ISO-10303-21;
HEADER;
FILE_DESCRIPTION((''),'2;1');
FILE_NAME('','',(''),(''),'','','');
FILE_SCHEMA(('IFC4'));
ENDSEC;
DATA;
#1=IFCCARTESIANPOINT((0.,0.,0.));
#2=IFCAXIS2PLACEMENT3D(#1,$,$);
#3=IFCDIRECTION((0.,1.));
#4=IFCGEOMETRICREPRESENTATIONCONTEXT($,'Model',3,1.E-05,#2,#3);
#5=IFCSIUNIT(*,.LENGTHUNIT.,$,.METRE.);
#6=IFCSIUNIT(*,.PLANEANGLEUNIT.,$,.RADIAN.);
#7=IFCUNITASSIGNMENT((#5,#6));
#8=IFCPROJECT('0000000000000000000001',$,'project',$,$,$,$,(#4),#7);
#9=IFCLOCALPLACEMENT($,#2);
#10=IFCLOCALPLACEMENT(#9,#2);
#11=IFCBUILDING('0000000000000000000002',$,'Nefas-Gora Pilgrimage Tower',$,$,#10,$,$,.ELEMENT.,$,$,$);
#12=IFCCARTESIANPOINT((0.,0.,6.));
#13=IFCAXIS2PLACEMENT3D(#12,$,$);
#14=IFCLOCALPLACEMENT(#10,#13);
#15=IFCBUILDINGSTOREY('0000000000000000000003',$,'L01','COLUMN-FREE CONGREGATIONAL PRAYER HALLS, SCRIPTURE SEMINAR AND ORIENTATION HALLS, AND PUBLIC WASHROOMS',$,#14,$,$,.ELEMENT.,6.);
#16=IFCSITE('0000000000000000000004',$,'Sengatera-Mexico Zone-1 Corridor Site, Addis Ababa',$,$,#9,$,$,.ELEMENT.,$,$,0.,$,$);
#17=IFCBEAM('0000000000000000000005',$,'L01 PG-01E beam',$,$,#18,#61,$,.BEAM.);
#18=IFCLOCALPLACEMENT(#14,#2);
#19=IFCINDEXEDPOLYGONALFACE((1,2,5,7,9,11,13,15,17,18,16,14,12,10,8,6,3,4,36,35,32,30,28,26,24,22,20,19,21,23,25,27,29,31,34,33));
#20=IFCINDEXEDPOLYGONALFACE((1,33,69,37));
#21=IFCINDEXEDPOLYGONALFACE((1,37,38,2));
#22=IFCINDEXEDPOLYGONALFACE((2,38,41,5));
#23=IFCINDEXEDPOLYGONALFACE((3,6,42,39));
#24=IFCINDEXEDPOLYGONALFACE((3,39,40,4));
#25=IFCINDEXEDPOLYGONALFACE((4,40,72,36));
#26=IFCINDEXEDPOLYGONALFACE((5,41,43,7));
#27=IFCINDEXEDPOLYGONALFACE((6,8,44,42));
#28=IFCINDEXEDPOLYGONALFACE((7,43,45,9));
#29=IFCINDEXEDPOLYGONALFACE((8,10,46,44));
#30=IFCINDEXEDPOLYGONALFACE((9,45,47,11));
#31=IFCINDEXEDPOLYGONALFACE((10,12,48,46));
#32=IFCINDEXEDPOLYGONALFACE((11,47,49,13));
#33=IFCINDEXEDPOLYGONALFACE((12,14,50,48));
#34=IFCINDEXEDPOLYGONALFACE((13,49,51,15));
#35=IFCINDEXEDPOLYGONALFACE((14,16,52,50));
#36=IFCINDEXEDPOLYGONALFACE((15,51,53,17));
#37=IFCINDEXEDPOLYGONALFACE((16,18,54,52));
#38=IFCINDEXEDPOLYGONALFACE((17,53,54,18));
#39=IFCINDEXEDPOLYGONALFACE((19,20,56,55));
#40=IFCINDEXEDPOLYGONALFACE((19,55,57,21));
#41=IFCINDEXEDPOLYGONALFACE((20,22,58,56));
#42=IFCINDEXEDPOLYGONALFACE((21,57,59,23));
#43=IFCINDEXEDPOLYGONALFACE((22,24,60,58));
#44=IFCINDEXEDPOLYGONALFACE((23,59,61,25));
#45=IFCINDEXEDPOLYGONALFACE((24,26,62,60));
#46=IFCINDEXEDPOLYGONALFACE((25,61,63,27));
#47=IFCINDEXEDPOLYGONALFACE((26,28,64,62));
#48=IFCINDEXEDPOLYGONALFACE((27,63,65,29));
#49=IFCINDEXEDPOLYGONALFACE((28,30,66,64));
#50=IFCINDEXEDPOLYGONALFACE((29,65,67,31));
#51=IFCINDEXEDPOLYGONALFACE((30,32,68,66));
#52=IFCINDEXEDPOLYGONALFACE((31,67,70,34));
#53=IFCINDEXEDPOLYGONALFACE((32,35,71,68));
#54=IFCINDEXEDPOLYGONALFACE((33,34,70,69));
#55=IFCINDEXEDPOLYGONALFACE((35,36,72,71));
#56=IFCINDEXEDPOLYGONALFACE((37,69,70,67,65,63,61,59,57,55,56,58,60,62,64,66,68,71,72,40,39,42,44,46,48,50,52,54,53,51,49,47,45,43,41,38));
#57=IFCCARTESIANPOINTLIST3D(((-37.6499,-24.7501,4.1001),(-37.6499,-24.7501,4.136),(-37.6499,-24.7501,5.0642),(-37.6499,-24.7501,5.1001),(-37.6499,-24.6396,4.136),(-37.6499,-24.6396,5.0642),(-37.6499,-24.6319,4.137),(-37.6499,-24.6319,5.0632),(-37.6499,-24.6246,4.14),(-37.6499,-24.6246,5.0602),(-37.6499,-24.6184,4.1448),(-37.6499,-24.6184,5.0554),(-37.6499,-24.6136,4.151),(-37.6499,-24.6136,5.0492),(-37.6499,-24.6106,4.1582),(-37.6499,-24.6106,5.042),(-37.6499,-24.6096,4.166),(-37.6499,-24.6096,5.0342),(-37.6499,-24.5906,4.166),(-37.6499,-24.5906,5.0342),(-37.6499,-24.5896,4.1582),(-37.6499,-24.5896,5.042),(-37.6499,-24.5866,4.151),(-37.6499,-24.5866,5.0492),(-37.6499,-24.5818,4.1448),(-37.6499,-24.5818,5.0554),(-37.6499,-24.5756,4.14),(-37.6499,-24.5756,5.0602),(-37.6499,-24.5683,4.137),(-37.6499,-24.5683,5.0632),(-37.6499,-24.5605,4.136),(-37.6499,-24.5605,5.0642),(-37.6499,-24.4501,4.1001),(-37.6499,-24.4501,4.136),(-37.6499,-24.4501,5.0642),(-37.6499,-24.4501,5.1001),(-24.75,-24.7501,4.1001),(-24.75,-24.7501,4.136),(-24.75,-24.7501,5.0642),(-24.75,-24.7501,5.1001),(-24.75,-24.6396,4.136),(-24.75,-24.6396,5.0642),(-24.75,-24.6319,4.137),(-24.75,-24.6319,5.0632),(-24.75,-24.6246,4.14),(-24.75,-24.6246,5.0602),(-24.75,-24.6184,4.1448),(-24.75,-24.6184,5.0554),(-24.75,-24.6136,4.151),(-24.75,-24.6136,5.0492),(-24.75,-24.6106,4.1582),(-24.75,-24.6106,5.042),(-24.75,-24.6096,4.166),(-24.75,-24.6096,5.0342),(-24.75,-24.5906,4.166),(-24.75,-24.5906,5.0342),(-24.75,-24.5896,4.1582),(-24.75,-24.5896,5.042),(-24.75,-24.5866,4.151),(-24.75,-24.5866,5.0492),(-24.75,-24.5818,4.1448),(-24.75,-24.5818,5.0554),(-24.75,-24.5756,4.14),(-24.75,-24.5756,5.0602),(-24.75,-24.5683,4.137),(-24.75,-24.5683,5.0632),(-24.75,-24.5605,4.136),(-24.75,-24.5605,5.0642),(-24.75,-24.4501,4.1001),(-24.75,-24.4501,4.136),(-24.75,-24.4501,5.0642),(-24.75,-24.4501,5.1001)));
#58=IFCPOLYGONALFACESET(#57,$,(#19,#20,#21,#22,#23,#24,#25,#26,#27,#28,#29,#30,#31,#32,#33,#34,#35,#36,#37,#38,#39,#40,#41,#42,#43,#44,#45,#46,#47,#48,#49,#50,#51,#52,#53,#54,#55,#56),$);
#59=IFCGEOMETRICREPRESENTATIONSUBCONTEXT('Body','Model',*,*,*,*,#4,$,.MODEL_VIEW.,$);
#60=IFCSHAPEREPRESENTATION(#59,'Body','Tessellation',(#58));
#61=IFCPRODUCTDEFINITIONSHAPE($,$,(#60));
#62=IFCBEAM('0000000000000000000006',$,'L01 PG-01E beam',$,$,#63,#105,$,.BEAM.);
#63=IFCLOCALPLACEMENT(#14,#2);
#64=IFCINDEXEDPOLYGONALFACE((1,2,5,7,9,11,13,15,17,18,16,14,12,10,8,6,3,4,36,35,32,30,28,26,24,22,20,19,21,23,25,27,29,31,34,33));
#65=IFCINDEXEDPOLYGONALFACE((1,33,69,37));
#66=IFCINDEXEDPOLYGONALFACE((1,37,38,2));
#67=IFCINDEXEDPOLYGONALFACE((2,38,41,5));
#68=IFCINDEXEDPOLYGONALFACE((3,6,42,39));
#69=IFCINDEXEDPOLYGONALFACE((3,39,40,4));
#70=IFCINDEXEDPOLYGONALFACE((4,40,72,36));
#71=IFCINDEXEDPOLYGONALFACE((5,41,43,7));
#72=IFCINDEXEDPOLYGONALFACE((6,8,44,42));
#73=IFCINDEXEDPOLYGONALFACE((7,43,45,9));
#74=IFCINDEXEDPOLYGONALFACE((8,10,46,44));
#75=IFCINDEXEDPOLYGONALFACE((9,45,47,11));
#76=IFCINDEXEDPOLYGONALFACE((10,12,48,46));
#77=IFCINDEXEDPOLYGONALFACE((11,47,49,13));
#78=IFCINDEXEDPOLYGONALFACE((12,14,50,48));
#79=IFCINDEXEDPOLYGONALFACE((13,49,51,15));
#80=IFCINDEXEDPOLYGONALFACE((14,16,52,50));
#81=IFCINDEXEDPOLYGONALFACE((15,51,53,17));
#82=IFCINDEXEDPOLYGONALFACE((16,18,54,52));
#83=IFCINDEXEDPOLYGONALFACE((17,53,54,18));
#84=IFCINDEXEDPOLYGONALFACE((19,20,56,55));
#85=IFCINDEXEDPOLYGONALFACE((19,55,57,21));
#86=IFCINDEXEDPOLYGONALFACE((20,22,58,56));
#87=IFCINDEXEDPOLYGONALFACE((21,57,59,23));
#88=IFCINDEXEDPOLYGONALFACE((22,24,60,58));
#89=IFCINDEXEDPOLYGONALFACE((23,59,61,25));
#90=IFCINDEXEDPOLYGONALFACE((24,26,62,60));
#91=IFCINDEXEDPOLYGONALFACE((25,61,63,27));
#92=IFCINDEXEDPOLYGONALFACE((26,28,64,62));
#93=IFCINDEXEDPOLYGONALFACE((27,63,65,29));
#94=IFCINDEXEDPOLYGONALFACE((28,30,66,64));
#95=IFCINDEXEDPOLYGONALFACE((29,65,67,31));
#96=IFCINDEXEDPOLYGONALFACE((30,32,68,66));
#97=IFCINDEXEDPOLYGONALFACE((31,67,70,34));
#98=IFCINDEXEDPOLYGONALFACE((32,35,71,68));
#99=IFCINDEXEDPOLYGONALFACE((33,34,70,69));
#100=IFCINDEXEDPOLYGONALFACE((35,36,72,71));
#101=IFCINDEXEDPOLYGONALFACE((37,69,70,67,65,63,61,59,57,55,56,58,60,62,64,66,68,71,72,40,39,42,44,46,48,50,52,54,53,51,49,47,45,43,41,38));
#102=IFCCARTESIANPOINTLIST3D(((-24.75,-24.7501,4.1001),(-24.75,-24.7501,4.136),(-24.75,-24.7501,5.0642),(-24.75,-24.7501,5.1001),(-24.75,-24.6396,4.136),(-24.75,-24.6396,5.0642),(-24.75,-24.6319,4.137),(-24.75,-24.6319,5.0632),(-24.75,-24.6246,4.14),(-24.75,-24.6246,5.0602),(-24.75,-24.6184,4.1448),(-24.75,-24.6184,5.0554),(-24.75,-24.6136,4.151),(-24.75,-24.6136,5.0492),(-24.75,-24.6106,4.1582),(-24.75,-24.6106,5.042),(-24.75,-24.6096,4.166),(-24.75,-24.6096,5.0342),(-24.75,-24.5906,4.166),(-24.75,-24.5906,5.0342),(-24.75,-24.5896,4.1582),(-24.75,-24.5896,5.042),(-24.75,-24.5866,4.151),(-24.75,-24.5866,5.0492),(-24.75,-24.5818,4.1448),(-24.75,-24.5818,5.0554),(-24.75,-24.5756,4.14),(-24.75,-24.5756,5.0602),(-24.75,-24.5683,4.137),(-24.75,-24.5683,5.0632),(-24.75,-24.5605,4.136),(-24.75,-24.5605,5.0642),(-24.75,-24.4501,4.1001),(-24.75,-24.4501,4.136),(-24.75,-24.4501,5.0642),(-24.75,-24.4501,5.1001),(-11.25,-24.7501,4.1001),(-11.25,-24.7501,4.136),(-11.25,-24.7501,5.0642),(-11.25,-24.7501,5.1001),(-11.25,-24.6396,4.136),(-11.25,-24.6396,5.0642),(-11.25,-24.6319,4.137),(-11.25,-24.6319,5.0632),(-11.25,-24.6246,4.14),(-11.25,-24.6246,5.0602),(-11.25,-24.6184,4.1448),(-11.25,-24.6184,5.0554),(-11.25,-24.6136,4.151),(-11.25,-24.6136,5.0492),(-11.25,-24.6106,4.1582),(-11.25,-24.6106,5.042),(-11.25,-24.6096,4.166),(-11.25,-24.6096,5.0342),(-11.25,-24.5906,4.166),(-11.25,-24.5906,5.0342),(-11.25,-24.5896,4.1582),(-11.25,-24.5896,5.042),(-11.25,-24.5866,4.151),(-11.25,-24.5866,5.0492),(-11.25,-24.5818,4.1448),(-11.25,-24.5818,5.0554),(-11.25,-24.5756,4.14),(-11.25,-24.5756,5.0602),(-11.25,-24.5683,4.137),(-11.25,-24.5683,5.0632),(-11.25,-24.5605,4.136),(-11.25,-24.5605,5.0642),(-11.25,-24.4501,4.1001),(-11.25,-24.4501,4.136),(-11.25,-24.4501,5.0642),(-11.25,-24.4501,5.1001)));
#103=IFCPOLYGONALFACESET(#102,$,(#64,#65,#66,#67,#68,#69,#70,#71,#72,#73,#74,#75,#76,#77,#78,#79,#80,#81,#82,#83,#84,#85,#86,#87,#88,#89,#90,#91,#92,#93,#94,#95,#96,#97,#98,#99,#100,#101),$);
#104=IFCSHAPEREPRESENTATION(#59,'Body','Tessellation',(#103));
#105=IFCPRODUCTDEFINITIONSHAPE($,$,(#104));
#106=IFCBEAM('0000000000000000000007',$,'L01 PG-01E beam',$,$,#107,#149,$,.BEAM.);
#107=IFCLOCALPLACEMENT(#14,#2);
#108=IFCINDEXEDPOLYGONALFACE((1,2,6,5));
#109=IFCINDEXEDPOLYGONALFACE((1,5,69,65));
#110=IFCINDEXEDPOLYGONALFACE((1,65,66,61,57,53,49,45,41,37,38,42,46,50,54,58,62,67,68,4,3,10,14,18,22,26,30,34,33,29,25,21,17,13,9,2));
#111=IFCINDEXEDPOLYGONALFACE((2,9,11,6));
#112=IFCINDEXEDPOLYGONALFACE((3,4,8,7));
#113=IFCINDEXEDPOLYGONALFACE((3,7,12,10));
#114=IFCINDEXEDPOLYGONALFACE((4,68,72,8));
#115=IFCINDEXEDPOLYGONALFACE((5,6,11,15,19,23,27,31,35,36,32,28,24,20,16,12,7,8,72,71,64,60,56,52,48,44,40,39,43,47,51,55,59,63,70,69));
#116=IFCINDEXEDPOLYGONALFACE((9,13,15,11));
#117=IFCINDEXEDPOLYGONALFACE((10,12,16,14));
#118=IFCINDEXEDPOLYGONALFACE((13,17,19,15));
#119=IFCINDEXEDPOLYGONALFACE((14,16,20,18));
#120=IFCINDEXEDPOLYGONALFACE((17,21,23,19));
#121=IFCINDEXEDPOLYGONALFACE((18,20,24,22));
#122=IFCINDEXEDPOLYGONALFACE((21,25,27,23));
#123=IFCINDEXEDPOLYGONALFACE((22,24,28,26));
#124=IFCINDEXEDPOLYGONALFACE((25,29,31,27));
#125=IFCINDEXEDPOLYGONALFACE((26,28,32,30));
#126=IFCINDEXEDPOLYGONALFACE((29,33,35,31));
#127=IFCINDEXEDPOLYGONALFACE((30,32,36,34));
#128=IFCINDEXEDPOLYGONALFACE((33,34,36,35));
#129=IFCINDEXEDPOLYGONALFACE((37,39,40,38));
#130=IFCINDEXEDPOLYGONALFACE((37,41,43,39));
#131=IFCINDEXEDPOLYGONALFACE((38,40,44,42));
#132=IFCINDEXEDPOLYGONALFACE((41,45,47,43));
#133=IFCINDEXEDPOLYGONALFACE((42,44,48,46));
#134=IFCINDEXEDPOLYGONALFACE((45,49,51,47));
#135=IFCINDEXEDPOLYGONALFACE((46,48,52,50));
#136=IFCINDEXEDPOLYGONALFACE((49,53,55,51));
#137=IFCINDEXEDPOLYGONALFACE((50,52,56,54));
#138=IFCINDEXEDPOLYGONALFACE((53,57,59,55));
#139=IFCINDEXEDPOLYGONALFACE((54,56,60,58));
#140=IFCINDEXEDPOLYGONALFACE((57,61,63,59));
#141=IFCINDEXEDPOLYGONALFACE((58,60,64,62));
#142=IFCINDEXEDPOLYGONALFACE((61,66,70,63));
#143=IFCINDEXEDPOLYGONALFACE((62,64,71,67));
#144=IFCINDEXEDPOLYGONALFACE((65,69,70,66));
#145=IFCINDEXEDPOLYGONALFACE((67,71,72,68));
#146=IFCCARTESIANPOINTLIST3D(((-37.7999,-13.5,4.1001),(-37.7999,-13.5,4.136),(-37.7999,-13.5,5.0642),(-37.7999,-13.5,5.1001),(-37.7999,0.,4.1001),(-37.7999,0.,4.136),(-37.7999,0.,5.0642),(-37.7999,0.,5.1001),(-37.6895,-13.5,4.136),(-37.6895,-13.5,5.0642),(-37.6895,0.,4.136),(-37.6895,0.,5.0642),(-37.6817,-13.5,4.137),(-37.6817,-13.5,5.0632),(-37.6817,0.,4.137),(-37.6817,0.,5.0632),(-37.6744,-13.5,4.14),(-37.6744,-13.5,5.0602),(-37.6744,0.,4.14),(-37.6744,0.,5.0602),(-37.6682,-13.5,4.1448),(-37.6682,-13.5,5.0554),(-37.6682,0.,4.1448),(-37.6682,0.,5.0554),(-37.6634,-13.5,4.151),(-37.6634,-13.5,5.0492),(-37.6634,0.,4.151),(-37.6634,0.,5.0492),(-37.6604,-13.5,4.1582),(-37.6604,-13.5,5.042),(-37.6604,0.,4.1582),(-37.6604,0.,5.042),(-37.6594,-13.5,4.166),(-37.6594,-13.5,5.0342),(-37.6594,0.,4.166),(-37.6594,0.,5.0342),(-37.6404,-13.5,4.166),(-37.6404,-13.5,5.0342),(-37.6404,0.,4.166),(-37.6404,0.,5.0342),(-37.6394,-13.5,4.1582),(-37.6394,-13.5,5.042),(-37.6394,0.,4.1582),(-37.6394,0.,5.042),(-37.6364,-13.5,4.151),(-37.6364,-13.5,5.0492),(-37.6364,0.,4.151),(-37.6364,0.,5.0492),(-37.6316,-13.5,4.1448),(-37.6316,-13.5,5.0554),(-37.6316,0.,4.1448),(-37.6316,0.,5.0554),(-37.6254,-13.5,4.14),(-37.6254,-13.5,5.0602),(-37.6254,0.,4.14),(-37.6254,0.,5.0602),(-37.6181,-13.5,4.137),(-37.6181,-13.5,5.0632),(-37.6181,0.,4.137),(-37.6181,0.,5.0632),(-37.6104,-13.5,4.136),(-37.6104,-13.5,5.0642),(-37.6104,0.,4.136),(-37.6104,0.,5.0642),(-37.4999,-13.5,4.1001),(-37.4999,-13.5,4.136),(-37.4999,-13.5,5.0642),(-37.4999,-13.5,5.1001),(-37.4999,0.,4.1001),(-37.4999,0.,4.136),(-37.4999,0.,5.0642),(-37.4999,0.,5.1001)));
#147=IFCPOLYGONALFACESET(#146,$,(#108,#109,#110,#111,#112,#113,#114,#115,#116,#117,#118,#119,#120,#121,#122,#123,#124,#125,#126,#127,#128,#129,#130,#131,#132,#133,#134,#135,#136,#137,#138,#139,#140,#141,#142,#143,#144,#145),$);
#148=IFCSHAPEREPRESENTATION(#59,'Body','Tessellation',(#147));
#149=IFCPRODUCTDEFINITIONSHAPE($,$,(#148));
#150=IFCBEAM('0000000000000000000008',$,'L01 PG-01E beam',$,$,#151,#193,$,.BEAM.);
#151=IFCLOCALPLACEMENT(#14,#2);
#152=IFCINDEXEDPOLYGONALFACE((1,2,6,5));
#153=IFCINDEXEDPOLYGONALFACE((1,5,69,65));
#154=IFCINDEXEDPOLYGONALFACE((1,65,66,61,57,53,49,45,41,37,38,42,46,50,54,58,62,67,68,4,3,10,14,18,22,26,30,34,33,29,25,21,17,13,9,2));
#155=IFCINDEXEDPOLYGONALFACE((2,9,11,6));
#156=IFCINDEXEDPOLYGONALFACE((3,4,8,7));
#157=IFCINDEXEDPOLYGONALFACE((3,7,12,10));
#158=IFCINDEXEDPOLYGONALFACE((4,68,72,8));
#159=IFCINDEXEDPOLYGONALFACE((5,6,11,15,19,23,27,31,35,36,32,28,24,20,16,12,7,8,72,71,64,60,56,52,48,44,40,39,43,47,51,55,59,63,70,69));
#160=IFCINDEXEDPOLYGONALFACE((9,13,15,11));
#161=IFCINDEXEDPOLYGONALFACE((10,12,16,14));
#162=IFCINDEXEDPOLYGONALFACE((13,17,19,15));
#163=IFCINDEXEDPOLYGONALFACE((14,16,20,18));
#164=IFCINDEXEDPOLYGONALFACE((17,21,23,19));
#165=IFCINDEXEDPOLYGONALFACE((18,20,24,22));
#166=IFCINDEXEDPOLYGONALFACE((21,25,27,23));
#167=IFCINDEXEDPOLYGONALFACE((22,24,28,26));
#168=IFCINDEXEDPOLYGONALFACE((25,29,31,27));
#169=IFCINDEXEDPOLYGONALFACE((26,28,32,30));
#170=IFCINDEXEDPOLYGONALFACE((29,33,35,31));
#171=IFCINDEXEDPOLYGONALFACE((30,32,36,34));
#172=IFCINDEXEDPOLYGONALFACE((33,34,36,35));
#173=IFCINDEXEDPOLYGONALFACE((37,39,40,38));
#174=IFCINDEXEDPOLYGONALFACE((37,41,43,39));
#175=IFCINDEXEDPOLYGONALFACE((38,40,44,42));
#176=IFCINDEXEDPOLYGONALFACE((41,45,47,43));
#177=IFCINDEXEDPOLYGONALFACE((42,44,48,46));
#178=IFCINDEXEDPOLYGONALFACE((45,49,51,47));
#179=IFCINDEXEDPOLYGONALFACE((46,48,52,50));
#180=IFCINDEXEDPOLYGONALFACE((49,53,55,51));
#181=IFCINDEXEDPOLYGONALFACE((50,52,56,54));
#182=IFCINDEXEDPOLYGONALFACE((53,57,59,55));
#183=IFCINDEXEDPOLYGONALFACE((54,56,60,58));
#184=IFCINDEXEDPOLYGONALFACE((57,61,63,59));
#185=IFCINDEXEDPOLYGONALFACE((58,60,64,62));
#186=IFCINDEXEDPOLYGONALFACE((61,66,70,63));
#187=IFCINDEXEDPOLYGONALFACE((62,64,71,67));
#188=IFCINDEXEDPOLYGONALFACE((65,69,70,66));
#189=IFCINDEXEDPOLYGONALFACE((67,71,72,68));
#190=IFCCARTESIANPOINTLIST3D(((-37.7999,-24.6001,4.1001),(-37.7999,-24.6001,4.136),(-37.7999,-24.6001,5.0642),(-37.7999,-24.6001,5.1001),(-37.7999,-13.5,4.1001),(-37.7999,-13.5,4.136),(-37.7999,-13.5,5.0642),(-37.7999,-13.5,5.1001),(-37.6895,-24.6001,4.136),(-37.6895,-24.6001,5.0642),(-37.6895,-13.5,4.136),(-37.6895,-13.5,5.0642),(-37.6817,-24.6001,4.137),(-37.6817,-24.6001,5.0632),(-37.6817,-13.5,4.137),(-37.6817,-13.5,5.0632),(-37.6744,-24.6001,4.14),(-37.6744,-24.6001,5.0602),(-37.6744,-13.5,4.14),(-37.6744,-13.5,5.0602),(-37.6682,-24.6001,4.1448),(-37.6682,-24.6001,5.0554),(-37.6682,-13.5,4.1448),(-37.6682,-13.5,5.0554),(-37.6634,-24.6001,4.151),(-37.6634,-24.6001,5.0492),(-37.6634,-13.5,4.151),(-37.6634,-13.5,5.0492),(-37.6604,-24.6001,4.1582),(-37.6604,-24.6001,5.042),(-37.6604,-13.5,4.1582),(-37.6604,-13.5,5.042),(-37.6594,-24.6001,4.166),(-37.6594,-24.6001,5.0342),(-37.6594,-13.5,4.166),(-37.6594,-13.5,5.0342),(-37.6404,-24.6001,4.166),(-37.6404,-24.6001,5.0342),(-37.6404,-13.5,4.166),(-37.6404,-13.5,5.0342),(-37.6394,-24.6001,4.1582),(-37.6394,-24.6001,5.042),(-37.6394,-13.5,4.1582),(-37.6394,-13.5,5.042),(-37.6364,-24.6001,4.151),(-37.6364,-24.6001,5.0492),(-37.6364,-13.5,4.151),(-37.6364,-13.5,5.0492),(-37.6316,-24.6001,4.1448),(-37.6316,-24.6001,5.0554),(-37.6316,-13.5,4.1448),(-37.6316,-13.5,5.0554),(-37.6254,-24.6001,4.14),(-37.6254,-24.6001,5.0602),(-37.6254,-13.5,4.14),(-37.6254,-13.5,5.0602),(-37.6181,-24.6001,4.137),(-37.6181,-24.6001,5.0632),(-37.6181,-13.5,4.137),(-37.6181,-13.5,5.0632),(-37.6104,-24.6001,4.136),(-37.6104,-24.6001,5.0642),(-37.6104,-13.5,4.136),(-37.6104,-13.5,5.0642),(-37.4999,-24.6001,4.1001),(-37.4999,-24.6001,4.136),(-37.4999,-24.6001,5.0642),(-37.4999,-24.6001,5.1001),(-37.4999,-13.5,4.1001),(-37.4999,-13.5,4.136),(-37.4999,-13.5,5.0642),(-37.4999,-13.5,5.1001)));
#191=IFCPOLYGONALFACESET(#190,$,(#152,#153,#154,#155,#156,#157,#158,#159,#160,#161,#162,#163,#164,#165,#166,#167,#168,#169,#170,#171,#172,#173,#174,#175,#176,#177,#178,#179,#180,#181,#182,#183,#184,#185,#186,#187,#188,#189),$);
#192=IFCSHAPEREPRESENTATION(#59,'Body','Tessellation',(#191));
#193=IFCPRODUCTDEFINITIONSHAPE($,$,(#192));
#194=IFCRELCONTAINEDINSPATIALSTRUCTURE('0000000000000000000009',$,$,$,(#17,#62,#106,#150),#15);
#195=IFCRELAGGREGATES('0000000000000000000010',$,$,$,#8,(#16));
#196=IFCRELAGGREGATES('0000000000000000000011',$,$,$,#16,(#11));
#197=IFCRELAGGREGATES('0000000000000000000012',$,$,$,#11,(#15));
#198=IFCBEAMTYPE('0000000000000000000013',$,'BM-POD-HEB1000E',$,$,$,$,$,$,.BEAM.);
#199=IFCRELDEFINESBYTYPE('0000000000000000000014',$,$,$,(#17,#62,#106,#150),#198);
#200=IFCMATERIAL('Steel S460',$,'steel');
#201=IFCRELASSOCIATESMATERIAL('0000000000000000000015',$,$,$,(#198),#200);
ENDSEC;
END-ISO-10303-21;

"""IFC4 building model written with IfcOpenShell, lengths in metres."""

from ifc_helpers import new_model, si_unit, direction, frame, origin, origin_2d, place, context, subcontext, project, spatial, i_section, extrude, source, transform, mapped, material, material_profile, profile_set, type_object, element, save


model = new_model("IFC4")

# Units and contexts
model_context = context("Model", 3, precision=1e-05, world=origin(), true_north=direction((0.0, 1.0)))
body_context = subcontext(model_context, "Body", "Model", "MODEL_VIEW")
ifc_project = project(units=[si_unit("LENGTHUNIT", "METRE"), si_unit("PLANEANGLEUNIT", "RADIAN")], contexts=[model_context])

# Site, building, storey
site_placement = place(None, origin())
site = spatial("IfcSite", under=ifc_project, at=site_placement, Name="Sengatera-Mexico Zone-1 Corridor Site, Addis Ababa", CompositionType="ELEMENT", RefElevation=0.0)
building_placement = place(site_placement, origin())
building = spatial("IfcBuilding", under=site, at=building_placement, Name="Nefas-Gora Pilgrimage Tower", CompositionType="ELEMENT")
storey_placement = place(building_placement, frame((0.0, 0.0, 6.0)))
storey = spatial("IfcBuildingStorey", under=building, at=storey_placement, Name="L01", Description="COLUMN-FREE CONGREGATIONAL PRAYER HALLS, SCRIPTURE SEMINAR AND ORIENTATION HALLS, AND PUBLIC WASHROOMS", CompositionType="ELEMENT", Elevation=6.0)

# Shared definitions
ifc_material_1 = material(Name="Steel S460", Category="steel")

# Beams
ifc_material_profile_1 = material_profile(ifc_material_1, i_section(OverallWidth=0.3, OverallDepth=1.0, WebThickness=0.019, FlangeThickness=0.0359, FilletRadius=0.03, at=origin_2d()), Name="HEB 1000")
ifc_profile_set_1 = profile_set([ifc_material_profile_1], Name="Steel S460")
beam_type_1 = type_object("IfcBeamType", Name="BM-POD-HEB1000E", PredefinedType="BEAM", material=ifc_profile_set_1)
shared_shape_1 = source(origin(), body_context, "Body", "SweptSolid", [
    extrude(i_section(OverallWidth=0.3, OverallDepth=1.0, WebThickness=0.019, FlangeThickness=0.0359, FilletRadius=0.03, at=origin_2d()), origin(), (0.0, 0.0, 1.0), 12.8999),
])
beam_1_placement = place(storey_placement, frame((-37.6499, -24.6001, 4.6001), z_axis=(1.0, 0.0, 0.0), x_axis=(0.0, 1.0, 0.0)))
element("IfcBeam", 1, at=beam_1_placement, inside=storey, type_object=beam_type_1, Name="L01 PG-01E beam", PredefinedType="BEAM", context=body_context, shape_type="MappedRepresentation", body=[
    mapped(shared_shape_1, transform((0.0, 0.0, 0.0), x_axis=(1.0, 0.0, 0.0), y_axis=(0.0, 1.0, 0.0), z_axis=(0.0, 0.0, 1.0), scale=1.0)),
])
shared_shape_2 = source(origin(), body_context, "Body", "SweptSolid", [
    extrude(i_section(OverallWidth=0.3, OverallDepth=1.0, WebThickness=0.019, FlangeThickness=0.0359, FilletRadius=0.03, at=origin_2d()), origin(), (0.0, 0.0, 1.0), 13.5),
])
for number, where, z_axis, x_axis, name in (
    (2, (-24.75, -24.6001, 4.6001), (1.0, 0.0, 0.0), (0.0, 1.0, 0.0), "L01 PG-01E beam"),
    (3, (-37.6499, -13.5, 4.6001), (0.0, 1.0, 0.0), (-1.0, 0.0, 0.0), "L01 PG-01E beam"),
):
    element("IfcBeam", number, at=place(storey_placement, frame(where, z_axis=z_axis, x_axis=x_axis)), inside=storey, type_object=beam_type_1, Name=name, PredefinedType="BEAM", context=body_context, shape_type="MappedRepresentation", body=[
        mapped(shared_shape_2, transform((0.0, 0.0, 0.0), x_axis=(1.0, 0.0, 0.0), y_axis=(0.0, 1.0, 0.0), z_axis=(0.0, 0.0, 1.0), scale=1.0)),
    ])
shared_shape_3 = source(origin(), body_context, "Body", "SweptSolid", [
    extrude(i_section(OverallWidth=0.3, OverallDepth=1.0, WebThickness=0.019, FlangeThickness=0.0359, FilletRadius=0.03, at=origin_2d()), origin(), (0.0, 0.0, 1.0), 11.1001),
])
beam_2_placement = place(storey_placement, frame((-37.6499, -24.6001, 4.6001), z_axis=(0.0, 1.0, 0.0), x_axis=(-1.0, 0.0, 0.0)))
element("IfcBeam", 4, at=beam_2_placement, inside=storey, type_object=beam_type_1, Name="L01 PG-01E beam", PredefinedType="BEAM", context=body_context, shape_type="MappedRepresentation", body=[
    mapped(shared_shape_3, transform((0.0, 0.0, 0.0), x_axis=(1.0, 0.0, 0.0), y_axis=(0.0, 1.0, 0.0), z_axis=(0.0, 0.0, 1.0), scale=1.0)),
])

save(model, "model.ifc")
